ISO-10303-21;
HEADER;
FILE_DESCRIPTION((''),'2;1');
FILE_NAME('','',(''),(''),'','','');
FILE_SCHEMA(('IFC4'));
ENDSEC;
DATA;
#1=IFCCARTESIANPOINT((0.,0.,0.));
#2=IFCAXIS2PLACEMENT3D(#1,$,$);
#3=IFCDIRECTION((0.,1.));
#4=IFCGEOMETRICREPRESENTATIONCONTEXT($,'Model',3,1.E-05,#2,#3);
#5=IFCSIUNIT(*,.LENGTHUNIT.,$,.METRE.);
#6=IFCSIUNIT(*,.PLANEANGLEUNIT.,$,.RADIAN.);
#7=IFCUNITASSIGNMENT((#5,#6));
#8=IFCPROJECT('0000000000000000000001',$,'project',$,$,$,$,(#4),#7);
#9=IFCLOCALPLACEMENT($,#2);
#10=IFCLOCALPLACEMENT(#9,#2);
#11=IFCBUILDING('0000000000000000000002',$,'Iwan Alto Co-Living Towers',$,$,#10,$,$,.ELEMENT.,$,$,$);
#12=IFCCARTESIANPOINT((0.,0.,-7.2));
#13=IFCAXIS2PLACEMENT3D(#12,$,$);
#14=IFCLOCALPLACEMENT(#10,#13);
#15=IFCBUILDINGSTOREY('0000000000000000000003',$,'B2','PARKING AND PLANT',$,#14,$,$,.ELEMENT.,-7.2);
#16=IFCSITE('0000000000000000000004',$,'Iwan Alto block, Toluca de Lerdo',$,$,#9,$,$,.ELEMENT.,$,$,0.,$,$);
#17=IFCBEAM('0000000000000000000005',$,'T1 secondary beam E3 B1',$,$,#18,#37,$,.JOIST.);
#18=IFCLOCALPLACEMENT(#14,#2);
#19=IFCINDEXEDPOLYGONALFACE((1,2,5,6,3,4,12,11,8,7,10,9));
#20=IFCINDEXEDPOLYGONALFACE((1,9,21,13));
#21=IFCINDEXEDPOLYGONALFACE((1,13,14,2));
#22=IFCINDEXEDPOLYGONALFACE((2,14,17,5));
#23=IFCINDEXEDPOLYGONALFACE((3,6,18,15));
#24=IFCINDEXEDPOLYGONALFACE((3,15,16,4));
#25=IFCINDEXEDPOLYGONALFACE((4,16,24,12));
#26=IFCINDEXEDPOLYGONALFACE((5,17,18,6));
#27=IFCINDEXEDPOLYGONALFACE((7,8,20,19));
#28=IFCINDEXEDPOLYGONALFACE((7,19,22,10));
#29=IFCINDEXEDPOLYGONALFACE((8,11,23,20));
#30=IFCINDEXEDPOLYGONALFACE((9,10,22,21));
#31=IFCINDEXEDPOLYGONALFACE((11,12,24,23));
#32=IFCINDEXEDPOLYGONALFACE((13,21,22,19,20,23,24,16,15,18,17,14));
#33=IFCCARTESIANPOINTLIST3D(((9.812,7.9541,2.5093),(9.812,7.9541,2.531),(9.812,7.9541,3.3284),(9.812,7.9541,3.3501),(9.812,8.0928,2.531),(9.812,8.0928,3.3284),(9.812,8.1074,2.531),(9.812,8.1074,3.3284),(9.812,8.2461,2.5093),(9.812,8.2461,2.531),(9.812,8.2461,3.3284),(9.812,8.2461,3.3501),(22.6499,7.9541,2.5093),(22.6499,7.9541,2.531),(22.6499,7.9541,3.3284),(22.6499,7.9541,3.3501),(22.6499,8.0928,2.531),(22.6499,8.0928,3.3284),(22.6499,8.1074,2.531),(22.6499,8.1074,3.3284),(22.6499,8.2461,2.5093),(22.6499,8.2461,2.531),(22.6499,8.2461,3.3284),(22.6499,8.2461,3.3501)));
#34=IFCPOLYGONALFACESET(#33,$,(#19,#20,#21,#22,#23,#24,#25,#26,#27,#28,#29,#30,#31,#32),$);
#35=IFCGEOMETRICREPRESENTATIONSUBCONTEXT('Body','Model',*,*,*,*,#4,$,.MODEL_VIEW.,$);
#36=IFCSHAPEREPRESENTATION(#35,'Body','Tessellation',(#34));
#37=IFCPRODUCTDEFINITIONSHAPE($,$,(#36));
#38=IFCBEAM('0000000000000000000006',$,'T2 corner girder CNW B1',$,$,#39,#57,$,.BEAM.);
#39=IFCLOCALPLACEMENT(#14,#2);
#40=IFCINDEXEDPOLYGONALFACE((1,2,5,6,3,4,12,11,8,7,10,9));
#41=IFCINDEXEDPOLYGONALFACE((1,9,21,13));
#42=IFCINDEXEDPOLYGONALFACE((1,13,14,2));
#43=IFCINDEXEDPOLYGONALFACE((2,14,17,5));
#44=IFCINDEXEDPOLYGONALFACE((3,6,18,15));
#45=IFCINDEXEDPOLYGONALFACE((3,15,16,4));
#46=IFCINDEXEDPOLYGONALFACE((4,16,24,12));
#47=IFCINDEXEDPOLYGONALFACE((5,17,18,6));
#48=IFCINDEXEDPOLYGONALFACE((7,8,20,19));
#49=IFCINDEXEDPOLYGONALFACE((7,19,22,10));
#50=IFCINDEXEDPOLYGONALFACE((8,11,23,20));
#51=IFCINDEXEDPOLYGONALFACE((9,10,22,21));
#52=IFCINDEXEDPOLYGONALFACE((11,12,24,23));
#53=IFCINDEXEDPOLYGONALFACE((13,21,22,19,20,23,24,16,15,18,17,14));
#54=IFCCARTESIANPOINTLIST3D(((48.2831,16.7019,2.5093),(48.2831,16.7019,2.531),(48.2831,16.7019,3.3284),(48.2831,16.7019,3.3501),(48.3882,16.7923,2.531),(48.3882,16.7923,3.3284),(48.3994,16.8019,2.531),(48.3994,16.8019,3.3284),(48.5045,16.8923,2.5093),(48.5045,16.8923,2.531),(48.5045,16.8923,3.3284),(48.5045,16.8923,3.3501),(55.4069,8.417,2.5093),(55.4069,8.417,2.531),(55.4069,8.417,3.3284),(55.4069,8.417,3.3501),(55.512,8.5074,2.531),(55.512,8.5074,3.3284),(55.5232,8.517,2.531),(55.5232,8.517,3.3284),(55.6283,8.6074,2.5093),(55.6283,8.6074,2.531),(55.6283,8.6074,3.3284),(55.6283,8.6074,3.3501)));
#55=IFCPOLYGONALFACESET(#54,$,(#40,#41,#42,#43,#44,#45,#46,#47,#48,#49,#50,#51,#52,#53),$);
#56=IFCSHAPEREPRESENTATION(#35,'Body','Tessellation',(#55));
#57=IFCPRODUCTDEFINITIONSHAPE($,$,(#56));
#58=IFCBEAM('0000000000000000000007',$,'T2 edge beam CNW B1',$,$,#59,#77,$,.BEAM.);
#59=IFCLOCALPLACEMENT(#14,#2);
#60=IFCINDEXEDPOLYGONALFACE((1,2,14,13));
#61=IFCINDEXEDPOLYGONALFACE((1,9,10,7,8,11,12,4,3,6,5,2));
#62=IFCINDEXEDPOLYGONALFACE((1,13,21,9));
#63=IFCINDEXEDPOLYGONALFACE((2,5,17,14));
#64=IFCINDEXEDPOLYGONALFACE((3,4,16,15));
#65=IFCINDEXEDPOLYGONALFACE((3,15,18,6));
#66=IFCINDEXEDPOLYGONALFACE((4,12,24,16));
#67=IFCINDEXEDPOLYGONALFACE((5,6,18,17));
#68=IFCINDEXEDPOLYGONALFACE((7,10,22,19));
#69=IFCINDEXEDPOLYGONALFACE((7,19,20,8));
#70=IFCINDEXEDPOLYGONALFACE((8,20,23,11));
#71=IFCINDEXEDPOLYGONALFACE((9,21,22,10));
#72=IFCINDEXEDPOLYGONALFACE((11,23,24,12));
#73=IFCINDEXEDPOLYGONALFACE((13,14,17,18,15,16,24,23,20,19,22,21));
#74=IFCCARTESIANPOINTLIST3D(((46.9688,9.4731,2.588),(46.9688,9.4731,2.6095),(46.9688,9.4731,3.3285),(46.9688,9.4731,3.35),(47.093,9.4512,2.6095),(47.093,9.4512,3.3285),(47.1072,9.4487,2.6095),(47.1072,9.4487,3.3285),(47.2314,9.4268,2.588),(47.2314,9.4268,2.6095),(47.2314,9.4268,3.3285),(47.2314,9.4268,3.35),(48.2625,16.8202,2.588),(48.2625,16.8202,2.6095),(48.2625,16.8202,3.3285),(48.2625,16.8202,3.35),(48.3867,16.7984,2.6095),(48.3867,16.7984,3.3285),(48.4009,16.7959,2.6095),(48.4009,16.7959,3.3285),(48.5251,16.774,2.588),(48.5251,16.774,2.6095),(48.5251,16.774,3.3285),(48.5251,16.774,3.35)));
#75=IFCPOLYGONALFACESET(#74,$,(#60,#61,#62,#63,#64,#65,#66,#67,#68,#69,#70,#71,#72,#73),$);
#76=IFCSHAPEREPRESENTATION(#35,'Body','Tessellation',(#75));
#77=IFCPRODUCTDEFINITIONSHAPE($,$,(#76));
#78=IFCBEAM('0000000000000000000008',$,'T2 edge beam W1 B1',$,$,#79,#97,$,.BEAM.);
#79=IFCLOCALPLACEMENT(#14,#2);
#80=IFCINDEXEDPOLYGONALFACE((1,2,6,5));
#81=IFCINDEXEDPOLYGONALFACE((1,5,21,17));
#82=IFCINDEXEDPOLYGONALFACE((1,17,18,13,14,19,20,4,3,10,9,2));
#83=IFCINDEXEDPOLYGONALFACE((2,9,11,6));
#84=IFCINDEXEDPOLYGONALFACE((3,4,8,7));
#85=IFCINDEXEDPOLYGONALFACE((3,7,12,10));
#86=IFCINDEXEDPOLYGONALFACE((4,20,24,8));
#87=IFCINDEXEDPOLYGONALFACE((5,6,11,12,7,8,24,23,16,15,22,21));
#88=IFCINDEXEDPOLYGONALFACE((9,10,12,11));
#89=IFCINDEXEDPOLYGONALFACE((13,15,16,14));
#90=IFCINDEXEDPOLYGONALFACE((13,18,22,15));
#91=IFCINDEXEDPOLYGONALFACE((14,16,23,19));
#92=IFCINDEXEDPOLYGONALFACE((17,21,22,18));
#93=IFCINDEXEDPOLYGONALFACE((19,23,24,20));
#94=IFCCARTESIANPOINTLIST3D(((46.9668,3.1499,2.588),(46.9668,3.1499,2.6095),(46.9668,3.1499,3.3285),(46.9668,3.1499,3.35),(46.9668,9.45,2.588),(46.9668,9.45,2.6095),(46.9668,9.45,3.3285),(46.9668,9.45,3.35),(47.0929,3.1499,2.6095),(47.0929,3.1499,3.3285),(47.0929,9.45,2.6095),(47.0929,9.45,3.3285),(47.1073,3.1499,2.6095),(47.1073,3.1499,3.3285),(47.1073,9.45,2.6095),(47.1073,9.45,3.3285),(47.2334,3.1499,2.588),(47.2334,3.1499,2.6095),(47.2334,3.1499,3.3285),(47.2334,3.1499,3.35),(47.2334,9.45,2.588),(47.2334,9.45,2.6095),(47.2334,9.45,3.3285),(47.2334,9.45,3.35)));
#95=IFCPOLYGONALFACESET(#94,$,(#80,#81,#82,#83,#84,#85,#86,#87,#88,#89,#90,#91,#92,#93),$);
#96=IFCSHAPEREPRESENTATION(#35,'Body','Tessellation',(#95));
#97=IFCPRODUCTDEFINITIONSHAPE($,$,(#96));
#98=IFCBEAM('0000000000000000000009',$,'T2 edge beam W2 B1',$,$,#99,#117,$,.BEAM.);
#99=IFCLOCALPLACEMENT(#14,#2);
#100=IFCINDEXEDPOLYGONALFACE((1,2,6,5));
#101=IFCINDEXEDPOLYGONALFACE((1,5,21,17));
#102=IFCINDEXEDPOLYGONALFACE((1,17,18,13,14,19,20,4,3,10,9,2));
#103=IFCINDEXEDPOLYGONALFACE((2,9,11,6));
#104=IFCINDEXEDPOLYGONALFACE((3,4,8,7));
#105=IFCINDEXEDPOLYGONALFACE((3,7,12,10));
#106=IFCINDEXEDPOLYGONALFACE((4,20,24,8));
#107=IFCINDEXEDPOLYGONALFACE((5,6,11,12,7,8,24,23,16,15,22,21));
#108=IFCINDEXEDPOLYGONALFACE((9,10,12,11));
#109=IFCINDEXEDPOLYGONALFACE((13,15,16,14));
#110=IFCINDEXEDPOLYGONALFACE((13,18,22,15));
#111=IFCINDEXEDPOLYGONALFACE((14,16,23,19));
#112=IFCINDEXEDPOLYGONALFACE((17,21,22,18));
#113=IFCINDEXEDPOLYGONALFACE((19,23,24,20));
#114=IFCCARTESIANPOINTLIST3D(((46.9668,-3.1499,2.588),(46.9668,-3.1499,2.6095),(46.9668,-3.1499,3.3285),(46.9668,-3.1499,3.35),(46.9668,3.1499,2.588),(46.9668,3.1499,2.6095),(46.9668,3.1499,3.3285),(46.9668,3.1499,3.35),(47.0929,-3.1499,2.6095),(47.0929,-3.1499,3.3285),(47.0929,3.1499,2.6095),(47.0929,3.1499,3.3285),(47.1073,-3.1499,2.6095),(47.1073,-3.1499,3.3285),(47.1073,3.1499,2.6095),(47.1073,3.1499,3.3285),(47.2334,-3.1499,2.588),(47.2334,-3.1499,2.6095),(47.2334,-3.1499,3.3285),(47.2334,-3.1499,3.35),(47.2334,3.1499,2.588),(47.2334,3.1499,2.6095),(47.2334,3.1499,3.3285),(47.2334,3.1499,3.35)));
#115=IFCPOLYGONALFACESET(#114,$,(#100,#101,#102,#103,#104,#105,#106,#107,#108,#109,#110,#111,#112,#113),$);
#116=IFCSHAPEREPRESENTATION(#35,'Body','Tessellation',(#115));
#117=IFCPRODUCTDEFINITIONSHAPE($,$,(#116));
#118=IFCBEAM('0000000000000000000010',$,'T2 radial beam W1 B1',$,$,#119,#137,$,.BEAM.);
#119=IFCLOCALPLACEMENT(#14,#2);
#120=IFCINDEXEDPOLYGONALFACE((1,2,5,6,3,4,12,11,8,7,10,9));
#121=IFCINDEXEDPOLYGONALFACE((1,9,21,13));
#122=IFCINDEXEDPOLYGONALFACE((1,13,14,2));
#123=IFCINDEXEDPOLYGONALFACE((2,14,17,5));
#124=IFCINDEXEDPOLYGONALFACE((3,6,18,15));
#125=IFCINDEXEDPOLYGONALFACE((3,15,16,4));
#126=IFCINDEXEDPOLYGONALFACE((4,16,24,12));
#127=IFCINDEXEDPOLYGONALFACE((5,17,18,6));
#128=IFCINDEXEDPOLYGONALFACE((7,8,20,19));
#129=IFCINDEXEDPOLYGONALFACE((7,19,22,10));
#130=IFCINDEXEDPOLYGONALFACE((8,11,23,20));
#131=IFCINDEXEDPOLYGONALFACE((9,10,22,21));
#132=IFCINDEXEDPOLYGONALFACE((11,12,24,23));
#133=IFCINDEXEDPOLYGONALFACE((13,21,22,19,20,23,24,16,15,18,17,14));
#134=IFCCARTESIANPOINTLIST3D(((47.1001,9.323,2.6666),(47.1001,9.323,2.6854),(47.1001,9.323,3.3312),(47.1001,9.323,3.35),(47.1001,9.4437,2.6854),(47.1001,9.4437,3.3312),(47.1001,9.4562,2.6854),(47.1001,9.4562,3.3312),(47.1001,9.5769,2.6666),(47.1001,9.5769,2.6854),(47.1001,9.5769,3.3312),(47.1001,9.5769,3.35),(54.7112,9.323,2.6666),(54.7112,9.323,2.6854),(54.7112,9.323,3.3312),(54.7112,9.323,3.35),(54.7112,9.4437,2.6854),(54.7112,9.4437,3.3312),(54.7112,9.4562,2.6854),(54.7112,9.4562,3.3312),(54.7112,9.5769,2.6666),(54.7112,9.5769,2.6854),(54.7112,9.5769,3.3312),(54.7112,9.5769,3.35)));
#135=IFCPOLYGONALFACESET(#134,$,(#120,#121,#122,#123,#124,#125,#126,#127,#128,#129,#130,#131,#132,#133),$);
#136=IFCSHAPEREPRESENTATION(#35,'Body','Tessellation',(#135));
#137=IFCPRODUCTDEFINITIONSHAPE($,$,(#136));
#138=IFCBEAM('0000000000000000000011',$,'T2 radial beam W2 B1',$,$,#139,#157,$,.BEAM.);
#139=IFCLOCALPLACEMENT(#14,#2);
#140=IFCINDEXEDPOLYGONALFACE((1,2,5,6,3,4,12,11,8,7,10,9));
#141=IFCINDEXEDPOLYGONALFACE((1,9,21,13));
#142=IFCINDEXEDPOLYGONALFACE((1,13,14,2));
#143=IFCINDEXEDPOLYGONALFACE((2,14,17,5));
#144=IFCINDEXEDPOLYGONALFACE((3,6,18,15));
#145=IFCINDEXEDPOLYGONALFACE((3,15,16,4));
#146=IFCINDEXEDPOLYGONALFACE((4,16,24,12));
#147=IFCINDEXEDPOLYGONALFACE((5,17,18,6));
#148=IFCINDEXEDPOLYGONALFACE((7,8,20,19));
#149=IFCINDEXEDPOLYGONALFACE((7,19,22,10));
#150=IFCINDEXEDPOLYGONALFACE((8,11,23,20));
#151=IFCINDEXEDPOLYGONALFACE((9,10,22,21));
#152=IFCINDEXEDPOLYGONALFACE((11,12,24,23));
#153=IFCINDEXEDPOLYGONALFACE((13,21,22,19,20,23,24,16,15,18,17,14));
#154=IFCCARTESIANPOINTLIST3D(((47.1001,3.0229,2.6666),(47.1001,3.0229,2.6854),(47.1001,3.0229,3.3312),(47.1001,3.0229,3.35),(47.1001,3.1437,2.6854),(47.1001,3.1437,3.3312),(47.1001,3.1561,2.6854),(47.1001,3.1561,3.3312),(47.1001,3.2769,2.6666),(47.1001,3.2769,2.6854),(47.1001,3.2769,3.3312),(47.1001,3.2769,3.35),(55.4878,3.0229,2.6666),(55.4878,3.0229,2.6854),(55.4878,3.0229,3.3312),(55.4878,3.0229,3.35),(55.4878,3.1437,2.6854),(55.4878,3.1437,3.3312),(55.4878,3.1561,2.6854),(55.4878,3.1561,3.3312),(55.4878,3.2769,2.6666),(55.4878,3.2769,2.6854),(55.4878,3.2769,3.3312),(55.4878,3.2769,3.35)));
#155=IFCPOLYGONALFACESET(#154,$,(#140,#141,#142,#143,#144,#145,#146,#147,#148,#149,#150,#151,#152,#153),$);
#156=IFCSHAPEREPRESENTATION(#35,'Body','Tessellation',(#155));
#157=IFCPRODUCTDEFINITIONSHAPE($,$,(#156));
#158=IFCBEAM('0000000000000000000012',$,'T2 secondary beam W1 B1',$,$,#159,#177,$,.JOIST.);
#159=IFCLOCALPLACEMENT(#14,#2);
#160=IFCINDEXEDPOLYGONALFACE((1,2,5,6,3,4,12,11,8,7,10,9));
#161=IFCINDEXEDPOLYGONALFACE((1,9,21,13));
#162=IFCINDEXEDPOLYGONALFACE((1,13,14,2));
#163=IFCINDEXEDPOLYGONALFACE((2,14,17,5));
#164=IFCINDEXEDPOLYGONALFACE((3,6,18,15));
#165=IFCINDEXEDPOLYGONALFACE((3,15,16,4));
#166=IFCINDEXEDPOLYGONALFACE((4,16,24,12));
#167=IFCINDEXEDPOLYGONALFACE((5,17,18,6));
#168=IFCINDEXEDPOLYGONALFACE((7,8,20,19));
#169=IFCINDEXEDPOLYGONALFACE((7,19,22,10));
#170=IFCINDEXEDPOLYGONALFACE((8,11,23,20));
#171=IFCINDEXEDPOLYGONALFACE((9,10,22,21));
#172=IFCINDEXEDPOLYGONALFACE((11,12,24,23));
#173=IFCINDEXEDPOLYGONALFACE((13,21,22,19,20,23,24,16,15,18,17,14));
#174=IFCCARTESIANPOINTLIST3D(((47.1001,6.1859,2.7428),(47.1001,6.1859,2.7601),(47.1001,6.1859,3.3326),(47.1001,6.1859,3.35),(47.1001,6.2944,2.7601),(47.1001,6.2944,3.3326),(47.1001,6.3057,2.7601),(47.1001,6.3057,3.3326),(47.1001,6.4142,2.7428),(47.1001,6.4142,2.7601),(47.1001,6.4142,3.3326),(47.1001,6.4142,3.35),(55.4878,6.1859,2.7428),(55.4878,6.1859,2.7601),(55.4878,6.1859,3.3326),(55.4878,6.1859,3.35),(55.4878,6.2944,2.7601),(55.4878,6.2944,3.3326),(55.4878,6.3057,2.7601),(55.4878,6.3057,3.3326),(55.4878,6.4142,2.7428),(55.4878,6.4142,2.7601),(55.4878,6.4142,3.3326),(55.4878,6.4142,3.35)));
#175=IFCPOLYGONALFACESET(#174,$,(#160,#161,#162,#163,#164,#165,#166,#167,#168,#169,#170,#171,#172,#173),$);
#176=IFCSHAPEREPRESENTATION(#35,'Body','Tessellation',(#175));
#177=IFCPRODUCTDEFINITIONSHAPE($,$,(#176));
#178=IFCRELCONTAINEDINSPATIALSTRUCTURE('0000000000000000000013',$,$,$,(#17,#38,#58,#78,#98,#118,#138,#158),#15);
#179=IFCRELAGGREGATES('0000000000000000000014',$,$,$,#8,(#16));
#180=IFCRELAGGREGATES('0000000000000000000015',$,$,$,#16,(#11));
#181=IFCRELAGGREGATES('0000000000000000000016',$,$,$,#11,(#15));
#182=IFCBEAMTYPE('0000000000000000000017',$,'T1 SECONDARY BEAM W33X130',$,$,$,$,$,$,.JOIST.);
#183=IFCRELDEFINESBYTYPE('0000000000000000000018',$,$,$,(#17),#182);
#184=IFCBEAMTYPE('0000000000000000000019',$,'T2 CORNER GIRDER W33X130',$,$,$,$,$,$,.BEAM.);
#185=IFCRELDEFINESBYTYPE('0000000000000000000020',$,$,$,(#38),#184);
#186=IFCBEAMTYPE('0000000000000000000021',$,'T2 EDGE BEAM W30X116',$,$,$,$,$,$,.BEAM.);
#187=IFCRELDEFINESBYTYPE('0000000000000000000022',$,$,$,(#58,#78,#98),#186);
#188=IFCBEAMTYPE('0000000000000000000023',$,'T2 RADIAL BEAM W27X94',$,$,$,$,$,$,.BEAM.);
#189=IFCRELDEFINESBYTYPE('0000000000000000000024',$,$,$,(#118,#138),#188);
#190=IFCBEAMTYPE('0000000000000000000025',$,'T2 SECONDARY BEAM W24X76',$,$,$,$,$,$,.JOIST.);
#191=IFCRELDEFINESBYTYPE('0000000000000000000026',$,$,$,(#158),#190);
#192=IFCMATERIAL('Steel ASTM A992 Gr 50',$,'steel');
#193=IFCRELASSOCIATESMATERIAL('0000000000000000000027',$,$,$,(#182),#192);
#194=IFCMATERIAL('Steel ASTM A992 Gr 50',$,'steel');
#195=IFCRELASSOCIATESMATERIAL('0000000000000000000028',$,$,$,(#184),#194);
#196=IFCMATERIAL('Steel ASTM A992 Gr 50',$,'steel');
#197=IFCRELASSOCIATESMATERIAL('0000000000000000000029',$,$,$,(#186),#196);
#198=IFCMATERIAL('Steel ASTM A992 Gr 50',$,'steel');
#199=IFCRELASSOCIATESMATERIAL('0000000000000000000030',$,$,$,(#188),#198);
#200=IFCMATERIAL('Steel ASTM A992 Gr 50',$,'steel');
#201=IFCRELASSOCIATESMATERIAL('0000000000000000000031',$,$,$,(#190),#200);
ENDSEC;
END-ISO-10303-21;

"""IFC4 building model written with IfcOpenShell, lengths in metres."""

from ifc_helpers import new_model, si_unit, direction, frame, origin, origin_2d, place, context, subcontext, project, spatial, i_section, extrude, material, material_profile, profile_set, type_object, element, save


model = new_model("IFC4")

# Units and contexts
model_context = context("Model", 3, precision=1e-05, world=origin(), true_north=direction((0.0, 1.0)))
body_context = subcontext(model_context, "Body", "Model", "MODEL_VIEW")
ifc_project = project(units=[si_unit("LENGTHUNIT", "METRE"), si_unit("PLANEANGLEUNIT", "RADIAN")], contexts=[model_context])

# Site, building, storey
site_placement = place(None, origin())
site = spatial("IfcSite", under=ifc_project, at=site_placement, Name="Iwan Alto block, Toluca de Lerdo", CompositionType="ELEMENT", RefElevation=0.0)
building_placement = place(site_placement, origin())
building = spatial("IfcBuilding", under=site, at=building_placement, Name="Iwan Alto Co-Living Towers", CompositionType="ELEMENT")
storey_placement = place(building_placement, frame((0.0, 0.0, -7.2)))
storey = spatial("IfcBuildingStorey", under=building, at=storey_placement, Name="B2", Description="PARKING AND PLANT", CompositionType="ELEMENT", Elevation=-7.2)

# Beams
ifc_material_1 = material(Name="Steel ASTM A992 Gr 50", Category="steel")
ifc_material_profile_1 = material_profile(ifc_material_1, i_section(OverallWidth=0.292, OverallDepth=0.8408, WebThickness=0.0146, FlangeThickness=0.0217, at=origin_2d()), Name="W33X130")
ifc_profile_set_1 = profile_set([ifc_material_profile_1], Name="Steel ASTM A992 Gr 50")
beam_type_1 = type_object("IfcBeamType", Name="T1 SECONDARY BEAM W33X130", PredefinedType="JOIST", material=ifc_profile_set_1)
for number, where, z_axis, x_axis, name in (
    (1, (22.6499, 8.1001, 2.9297), (-1.0, 0.0, 0.0), (0.0, -1.0, 0.0), "T1 secondary beam E3 B1"),
):
    element("IfcBeam", number, at=place(storey_placement, frame(where, z_axis=z_axis, x_axis=x_axis)), inside=storey, type_object=beam_type_1, Name=name, PredefinedType="JOIST", context=body_context, shape_type="SweptSolid", body=[
        extrude(i_section(OverallWidth=0.292, OverallDepth=0.8408, WebThickness=0.0146, FlangeThickness=0.0217, at=origin_2d()), origin(), (0.0, 0.0, 1.0), 12.8379),
    ])
ifc_material_2 = material(Name="Steel ASTM A992 Gr 50", Category="steel")
ifc_material_profile_2 = material_profile(ifc_material_2, i_section(OverallWidth=0.292, OverallDepth=0.8408, WebThickness=0.0146, FlangeThickness=0.0217, at=origin_2d()), Name="W33X130")
ifc_profile_set_2 = profile_set([ifc_material_profile_2], Name="Steel ASTM A992 Gr 50")
beam_type_2 = type_object("IfcBeamType", Name="T2 CORNER GIRDER W33X130", PredefinedType="BEAM", material=ifc_profile_set_2)
beam_1_placement = place(storey_placement, frame((48.3938, 16.7971, 2.9297), z_axis=(0.651974, -0.758242, 0.0), x_axis=(0.758242, 0.651974, 0.0)))
element("IfcBeam", 2, at=beam_1_placement, inside=storey, type_object=beam_type_2, Name="T2 corner girder CNW B1", PredefinedType="BEAM", context=body_context, shape_type="SweptSolid", body=[
    extrude(i_section(OverallWidth=0.292, OverallDepth=0.8408, WebThickness=0.0146, FlangeThickness=0.0217, at=origin_2d()), origin(), (0.0, 0.0, 1.0), 10.9265),
])
ifc_material_3 = material(Name="Steel ASTM A992 Gr 50", Category="steel")
ifc_material_profile_3 = material_profile(ifc_material_3, i_section(OverallWidth=0.2666, OverallDepth=0.762, WebThickness=0.0144, FlangeThickness=0.0215, at=origin_2d()), Name="W30X116")
ifc_profile_set_3 = profile_set([ifc_material_profile_3], Name="Steel ASTM A992 Gr 50")
beam_type_3 = type_object("IfcBeamType", Name="T2 EDGE BEAM W30X116", PredefinedType="BEAM", material=ifc_profile_set_3)
beam_2_placement = place(storey_placement, frame((48.3938, 16.7971, 2.969), z_axis=(-0.173414, -0.984849, 0.0), x_axis=(0.984849, -0.173414, 0.0)))
element("IfcBeam", 3, at=beam_2_placement, inside=storey, type_object=beam_type_3, Name="T2 edge beam CNW B1", PredefinedType="BEAM", context=body_context, shape_type="SweptSolid", body=[
    extrude(i_section(OverallWidth=0.2666, OverallDepth=0.762, WebThickness=0.0144, FlangeThickness=0.0215, at=origin_2d()), origin(), (0.0, 0.0, 1.0), 7.4602),
])
beam_3_placement = place(storey_placement, frame((47.1001, 9.45, 2.969), z_axis=(0.0, -1.0, 0.0), x_axis=(1.0, 0.0, 0.0)))
element("IfcBeam", 4, at=beam_3_placement, inside=storey, type_object=beam_type_3, Name="T2 edge beam W1 B1", PredefinedType="BEAM", context=body_context, shape_type="SweptSolid", body=[
    extrude(i_section(OverallWidth=0.2666, OverallDepth=0.762, WebThickness=0.0144, FlangeThickness=0.0215, at=origin_2d()), origin(), (0.0, 0.0, 1.0), 6.3),
])
beam_4_placement = place(storey_placement, frame((47.1001, 3.1499, 2.969), z_axis=(0.0, -1.0, 0.0), x_axis=(1.0, 0.0, 0.0)))
element("IfcBeam", 5, at=beam_4_placement, inside=storey, type_object=beam_type_3, Name="T2 edge beam W2 B1", PredefinedType="BEAM", context=body_context, shape_type="SweptSolid", body=[
    extrude(i_section(OverallWidth=0.2666, OverallDepth=0.762, WebThickness=0.0144, FlangeThickness=0.0215, at=origin_2d()), origin(), (0.0, 0.0, 1.0), 6.2998),
])
ifc_material_4 = material(Name="Steel ASTM A992 Gr 50", Category="steel")
ifc_material_profile_4 = material_profile(ifc_material_4, i_section(OverallWidth=0.2539, OverallDepth=0.6833, WebThickness=0.0125, FlangeThickness=0.0188, at=origin_2d()), Name="W27X94")
ifc_profile_set_4 = profile_set([ifc_material_profile_4], Name="Steel ASTM A992 Gr 50")
beam_type_4 = type_object("IfcBeamType", Name="T2 RADIAL BEAM W27X94", PredefinedType="BEAM", material=ifc_profile_set_4)
beam_5_placement = place(storey_placement, frame((47.1001, 9.45, 3.0083), z_axis=(1.0, 0.0, 0.0), x_axis=(0.0, 1.0, 0.0)))
element("IfcBeam", 6, at=beam_5_placement, inside=storey, type_object=beam_type_4, Name="T2 radial beam W1 B1", PredefinedType="BEAM", context=body_context, shape_type="SweptSolid", body=[
    extrude(i_section(OverallWidth=0.2539, OverallDepth=0.6833, WebThickness=0.0125, FlangeThickness=0.0188, at=origin_2d()), origin(), (0.0, 0.0, 1.0), 7.6111),
])
beam_6_placement = place(storey_placement, frame((47.1001, 3.1499, 3.0083), z_axis=(1.0, 0.0, 0.0), x_axis=(0.0, 1.0, 0.0)))
element("IfcBeam", 7, at=beam_6_placement, inside=storey, type_object=beam_type_4, Name="T2 radial beam W2 B1", PredefinedType="BEAM", context=body_context, shape_type="SweptSolid", body=[
    extrude(i_section(OverallWidth=0.2539, OverallDepth=0.6833, WebThickness=0.0125, FlangeThickness=0.0188, at=origin_2d()), origin(), (0.0, 0.0, 1.0), 8.3877),
])
ifc_material_5 = material(Name="Steel ASTM A992 Gr 50", Category="steel")
ifc_material_profile_5 = material_profile(ifc_material_5, i_section(OverallWidth=0.2283, OverallDepth=0.6072, WebThickness=0.0112, FlangeThickness=0.0173, at=origin_2d()), Name="W24X76")
ifc_profile_set_5 = profile_set([ifc_material_profile_5], Name="Steel ASTM A992 Gr 50")
beam_type_5 = type_object("IfcBeamType", Name="T2 SECONDARY BEAM W24X76", PredefinedType="JOIST", material=ifc_profile_set_5)
for number, where, z_axis, x_axis, name in (
    (8, (47.1001, 6.3, 3.0464), (1.0, 0.0, 0.0), (0.0, 1.0, 0.0), "T2 secondary beam W1 B1"),
):
    element("IfcBeam", number, at=place(storey_placement, frame(where, z_axis=z_axis, x_axis=x_axis)), inside=storey, type_object=beam_type_5, Name=name, PredefinedType="JOIST", context=body_context, shape_type="SweptSolid", body=[
        extrude(i_section(OverallWidth=0.2283, OverallDepth=0.6072, WebThickness=0.0112, FlangeThickness=0.0173, at=origin_2d()), origin(), (0.0, 0.0, 1.0), 8.3877),
    ])

save(model, "model.ifc")
